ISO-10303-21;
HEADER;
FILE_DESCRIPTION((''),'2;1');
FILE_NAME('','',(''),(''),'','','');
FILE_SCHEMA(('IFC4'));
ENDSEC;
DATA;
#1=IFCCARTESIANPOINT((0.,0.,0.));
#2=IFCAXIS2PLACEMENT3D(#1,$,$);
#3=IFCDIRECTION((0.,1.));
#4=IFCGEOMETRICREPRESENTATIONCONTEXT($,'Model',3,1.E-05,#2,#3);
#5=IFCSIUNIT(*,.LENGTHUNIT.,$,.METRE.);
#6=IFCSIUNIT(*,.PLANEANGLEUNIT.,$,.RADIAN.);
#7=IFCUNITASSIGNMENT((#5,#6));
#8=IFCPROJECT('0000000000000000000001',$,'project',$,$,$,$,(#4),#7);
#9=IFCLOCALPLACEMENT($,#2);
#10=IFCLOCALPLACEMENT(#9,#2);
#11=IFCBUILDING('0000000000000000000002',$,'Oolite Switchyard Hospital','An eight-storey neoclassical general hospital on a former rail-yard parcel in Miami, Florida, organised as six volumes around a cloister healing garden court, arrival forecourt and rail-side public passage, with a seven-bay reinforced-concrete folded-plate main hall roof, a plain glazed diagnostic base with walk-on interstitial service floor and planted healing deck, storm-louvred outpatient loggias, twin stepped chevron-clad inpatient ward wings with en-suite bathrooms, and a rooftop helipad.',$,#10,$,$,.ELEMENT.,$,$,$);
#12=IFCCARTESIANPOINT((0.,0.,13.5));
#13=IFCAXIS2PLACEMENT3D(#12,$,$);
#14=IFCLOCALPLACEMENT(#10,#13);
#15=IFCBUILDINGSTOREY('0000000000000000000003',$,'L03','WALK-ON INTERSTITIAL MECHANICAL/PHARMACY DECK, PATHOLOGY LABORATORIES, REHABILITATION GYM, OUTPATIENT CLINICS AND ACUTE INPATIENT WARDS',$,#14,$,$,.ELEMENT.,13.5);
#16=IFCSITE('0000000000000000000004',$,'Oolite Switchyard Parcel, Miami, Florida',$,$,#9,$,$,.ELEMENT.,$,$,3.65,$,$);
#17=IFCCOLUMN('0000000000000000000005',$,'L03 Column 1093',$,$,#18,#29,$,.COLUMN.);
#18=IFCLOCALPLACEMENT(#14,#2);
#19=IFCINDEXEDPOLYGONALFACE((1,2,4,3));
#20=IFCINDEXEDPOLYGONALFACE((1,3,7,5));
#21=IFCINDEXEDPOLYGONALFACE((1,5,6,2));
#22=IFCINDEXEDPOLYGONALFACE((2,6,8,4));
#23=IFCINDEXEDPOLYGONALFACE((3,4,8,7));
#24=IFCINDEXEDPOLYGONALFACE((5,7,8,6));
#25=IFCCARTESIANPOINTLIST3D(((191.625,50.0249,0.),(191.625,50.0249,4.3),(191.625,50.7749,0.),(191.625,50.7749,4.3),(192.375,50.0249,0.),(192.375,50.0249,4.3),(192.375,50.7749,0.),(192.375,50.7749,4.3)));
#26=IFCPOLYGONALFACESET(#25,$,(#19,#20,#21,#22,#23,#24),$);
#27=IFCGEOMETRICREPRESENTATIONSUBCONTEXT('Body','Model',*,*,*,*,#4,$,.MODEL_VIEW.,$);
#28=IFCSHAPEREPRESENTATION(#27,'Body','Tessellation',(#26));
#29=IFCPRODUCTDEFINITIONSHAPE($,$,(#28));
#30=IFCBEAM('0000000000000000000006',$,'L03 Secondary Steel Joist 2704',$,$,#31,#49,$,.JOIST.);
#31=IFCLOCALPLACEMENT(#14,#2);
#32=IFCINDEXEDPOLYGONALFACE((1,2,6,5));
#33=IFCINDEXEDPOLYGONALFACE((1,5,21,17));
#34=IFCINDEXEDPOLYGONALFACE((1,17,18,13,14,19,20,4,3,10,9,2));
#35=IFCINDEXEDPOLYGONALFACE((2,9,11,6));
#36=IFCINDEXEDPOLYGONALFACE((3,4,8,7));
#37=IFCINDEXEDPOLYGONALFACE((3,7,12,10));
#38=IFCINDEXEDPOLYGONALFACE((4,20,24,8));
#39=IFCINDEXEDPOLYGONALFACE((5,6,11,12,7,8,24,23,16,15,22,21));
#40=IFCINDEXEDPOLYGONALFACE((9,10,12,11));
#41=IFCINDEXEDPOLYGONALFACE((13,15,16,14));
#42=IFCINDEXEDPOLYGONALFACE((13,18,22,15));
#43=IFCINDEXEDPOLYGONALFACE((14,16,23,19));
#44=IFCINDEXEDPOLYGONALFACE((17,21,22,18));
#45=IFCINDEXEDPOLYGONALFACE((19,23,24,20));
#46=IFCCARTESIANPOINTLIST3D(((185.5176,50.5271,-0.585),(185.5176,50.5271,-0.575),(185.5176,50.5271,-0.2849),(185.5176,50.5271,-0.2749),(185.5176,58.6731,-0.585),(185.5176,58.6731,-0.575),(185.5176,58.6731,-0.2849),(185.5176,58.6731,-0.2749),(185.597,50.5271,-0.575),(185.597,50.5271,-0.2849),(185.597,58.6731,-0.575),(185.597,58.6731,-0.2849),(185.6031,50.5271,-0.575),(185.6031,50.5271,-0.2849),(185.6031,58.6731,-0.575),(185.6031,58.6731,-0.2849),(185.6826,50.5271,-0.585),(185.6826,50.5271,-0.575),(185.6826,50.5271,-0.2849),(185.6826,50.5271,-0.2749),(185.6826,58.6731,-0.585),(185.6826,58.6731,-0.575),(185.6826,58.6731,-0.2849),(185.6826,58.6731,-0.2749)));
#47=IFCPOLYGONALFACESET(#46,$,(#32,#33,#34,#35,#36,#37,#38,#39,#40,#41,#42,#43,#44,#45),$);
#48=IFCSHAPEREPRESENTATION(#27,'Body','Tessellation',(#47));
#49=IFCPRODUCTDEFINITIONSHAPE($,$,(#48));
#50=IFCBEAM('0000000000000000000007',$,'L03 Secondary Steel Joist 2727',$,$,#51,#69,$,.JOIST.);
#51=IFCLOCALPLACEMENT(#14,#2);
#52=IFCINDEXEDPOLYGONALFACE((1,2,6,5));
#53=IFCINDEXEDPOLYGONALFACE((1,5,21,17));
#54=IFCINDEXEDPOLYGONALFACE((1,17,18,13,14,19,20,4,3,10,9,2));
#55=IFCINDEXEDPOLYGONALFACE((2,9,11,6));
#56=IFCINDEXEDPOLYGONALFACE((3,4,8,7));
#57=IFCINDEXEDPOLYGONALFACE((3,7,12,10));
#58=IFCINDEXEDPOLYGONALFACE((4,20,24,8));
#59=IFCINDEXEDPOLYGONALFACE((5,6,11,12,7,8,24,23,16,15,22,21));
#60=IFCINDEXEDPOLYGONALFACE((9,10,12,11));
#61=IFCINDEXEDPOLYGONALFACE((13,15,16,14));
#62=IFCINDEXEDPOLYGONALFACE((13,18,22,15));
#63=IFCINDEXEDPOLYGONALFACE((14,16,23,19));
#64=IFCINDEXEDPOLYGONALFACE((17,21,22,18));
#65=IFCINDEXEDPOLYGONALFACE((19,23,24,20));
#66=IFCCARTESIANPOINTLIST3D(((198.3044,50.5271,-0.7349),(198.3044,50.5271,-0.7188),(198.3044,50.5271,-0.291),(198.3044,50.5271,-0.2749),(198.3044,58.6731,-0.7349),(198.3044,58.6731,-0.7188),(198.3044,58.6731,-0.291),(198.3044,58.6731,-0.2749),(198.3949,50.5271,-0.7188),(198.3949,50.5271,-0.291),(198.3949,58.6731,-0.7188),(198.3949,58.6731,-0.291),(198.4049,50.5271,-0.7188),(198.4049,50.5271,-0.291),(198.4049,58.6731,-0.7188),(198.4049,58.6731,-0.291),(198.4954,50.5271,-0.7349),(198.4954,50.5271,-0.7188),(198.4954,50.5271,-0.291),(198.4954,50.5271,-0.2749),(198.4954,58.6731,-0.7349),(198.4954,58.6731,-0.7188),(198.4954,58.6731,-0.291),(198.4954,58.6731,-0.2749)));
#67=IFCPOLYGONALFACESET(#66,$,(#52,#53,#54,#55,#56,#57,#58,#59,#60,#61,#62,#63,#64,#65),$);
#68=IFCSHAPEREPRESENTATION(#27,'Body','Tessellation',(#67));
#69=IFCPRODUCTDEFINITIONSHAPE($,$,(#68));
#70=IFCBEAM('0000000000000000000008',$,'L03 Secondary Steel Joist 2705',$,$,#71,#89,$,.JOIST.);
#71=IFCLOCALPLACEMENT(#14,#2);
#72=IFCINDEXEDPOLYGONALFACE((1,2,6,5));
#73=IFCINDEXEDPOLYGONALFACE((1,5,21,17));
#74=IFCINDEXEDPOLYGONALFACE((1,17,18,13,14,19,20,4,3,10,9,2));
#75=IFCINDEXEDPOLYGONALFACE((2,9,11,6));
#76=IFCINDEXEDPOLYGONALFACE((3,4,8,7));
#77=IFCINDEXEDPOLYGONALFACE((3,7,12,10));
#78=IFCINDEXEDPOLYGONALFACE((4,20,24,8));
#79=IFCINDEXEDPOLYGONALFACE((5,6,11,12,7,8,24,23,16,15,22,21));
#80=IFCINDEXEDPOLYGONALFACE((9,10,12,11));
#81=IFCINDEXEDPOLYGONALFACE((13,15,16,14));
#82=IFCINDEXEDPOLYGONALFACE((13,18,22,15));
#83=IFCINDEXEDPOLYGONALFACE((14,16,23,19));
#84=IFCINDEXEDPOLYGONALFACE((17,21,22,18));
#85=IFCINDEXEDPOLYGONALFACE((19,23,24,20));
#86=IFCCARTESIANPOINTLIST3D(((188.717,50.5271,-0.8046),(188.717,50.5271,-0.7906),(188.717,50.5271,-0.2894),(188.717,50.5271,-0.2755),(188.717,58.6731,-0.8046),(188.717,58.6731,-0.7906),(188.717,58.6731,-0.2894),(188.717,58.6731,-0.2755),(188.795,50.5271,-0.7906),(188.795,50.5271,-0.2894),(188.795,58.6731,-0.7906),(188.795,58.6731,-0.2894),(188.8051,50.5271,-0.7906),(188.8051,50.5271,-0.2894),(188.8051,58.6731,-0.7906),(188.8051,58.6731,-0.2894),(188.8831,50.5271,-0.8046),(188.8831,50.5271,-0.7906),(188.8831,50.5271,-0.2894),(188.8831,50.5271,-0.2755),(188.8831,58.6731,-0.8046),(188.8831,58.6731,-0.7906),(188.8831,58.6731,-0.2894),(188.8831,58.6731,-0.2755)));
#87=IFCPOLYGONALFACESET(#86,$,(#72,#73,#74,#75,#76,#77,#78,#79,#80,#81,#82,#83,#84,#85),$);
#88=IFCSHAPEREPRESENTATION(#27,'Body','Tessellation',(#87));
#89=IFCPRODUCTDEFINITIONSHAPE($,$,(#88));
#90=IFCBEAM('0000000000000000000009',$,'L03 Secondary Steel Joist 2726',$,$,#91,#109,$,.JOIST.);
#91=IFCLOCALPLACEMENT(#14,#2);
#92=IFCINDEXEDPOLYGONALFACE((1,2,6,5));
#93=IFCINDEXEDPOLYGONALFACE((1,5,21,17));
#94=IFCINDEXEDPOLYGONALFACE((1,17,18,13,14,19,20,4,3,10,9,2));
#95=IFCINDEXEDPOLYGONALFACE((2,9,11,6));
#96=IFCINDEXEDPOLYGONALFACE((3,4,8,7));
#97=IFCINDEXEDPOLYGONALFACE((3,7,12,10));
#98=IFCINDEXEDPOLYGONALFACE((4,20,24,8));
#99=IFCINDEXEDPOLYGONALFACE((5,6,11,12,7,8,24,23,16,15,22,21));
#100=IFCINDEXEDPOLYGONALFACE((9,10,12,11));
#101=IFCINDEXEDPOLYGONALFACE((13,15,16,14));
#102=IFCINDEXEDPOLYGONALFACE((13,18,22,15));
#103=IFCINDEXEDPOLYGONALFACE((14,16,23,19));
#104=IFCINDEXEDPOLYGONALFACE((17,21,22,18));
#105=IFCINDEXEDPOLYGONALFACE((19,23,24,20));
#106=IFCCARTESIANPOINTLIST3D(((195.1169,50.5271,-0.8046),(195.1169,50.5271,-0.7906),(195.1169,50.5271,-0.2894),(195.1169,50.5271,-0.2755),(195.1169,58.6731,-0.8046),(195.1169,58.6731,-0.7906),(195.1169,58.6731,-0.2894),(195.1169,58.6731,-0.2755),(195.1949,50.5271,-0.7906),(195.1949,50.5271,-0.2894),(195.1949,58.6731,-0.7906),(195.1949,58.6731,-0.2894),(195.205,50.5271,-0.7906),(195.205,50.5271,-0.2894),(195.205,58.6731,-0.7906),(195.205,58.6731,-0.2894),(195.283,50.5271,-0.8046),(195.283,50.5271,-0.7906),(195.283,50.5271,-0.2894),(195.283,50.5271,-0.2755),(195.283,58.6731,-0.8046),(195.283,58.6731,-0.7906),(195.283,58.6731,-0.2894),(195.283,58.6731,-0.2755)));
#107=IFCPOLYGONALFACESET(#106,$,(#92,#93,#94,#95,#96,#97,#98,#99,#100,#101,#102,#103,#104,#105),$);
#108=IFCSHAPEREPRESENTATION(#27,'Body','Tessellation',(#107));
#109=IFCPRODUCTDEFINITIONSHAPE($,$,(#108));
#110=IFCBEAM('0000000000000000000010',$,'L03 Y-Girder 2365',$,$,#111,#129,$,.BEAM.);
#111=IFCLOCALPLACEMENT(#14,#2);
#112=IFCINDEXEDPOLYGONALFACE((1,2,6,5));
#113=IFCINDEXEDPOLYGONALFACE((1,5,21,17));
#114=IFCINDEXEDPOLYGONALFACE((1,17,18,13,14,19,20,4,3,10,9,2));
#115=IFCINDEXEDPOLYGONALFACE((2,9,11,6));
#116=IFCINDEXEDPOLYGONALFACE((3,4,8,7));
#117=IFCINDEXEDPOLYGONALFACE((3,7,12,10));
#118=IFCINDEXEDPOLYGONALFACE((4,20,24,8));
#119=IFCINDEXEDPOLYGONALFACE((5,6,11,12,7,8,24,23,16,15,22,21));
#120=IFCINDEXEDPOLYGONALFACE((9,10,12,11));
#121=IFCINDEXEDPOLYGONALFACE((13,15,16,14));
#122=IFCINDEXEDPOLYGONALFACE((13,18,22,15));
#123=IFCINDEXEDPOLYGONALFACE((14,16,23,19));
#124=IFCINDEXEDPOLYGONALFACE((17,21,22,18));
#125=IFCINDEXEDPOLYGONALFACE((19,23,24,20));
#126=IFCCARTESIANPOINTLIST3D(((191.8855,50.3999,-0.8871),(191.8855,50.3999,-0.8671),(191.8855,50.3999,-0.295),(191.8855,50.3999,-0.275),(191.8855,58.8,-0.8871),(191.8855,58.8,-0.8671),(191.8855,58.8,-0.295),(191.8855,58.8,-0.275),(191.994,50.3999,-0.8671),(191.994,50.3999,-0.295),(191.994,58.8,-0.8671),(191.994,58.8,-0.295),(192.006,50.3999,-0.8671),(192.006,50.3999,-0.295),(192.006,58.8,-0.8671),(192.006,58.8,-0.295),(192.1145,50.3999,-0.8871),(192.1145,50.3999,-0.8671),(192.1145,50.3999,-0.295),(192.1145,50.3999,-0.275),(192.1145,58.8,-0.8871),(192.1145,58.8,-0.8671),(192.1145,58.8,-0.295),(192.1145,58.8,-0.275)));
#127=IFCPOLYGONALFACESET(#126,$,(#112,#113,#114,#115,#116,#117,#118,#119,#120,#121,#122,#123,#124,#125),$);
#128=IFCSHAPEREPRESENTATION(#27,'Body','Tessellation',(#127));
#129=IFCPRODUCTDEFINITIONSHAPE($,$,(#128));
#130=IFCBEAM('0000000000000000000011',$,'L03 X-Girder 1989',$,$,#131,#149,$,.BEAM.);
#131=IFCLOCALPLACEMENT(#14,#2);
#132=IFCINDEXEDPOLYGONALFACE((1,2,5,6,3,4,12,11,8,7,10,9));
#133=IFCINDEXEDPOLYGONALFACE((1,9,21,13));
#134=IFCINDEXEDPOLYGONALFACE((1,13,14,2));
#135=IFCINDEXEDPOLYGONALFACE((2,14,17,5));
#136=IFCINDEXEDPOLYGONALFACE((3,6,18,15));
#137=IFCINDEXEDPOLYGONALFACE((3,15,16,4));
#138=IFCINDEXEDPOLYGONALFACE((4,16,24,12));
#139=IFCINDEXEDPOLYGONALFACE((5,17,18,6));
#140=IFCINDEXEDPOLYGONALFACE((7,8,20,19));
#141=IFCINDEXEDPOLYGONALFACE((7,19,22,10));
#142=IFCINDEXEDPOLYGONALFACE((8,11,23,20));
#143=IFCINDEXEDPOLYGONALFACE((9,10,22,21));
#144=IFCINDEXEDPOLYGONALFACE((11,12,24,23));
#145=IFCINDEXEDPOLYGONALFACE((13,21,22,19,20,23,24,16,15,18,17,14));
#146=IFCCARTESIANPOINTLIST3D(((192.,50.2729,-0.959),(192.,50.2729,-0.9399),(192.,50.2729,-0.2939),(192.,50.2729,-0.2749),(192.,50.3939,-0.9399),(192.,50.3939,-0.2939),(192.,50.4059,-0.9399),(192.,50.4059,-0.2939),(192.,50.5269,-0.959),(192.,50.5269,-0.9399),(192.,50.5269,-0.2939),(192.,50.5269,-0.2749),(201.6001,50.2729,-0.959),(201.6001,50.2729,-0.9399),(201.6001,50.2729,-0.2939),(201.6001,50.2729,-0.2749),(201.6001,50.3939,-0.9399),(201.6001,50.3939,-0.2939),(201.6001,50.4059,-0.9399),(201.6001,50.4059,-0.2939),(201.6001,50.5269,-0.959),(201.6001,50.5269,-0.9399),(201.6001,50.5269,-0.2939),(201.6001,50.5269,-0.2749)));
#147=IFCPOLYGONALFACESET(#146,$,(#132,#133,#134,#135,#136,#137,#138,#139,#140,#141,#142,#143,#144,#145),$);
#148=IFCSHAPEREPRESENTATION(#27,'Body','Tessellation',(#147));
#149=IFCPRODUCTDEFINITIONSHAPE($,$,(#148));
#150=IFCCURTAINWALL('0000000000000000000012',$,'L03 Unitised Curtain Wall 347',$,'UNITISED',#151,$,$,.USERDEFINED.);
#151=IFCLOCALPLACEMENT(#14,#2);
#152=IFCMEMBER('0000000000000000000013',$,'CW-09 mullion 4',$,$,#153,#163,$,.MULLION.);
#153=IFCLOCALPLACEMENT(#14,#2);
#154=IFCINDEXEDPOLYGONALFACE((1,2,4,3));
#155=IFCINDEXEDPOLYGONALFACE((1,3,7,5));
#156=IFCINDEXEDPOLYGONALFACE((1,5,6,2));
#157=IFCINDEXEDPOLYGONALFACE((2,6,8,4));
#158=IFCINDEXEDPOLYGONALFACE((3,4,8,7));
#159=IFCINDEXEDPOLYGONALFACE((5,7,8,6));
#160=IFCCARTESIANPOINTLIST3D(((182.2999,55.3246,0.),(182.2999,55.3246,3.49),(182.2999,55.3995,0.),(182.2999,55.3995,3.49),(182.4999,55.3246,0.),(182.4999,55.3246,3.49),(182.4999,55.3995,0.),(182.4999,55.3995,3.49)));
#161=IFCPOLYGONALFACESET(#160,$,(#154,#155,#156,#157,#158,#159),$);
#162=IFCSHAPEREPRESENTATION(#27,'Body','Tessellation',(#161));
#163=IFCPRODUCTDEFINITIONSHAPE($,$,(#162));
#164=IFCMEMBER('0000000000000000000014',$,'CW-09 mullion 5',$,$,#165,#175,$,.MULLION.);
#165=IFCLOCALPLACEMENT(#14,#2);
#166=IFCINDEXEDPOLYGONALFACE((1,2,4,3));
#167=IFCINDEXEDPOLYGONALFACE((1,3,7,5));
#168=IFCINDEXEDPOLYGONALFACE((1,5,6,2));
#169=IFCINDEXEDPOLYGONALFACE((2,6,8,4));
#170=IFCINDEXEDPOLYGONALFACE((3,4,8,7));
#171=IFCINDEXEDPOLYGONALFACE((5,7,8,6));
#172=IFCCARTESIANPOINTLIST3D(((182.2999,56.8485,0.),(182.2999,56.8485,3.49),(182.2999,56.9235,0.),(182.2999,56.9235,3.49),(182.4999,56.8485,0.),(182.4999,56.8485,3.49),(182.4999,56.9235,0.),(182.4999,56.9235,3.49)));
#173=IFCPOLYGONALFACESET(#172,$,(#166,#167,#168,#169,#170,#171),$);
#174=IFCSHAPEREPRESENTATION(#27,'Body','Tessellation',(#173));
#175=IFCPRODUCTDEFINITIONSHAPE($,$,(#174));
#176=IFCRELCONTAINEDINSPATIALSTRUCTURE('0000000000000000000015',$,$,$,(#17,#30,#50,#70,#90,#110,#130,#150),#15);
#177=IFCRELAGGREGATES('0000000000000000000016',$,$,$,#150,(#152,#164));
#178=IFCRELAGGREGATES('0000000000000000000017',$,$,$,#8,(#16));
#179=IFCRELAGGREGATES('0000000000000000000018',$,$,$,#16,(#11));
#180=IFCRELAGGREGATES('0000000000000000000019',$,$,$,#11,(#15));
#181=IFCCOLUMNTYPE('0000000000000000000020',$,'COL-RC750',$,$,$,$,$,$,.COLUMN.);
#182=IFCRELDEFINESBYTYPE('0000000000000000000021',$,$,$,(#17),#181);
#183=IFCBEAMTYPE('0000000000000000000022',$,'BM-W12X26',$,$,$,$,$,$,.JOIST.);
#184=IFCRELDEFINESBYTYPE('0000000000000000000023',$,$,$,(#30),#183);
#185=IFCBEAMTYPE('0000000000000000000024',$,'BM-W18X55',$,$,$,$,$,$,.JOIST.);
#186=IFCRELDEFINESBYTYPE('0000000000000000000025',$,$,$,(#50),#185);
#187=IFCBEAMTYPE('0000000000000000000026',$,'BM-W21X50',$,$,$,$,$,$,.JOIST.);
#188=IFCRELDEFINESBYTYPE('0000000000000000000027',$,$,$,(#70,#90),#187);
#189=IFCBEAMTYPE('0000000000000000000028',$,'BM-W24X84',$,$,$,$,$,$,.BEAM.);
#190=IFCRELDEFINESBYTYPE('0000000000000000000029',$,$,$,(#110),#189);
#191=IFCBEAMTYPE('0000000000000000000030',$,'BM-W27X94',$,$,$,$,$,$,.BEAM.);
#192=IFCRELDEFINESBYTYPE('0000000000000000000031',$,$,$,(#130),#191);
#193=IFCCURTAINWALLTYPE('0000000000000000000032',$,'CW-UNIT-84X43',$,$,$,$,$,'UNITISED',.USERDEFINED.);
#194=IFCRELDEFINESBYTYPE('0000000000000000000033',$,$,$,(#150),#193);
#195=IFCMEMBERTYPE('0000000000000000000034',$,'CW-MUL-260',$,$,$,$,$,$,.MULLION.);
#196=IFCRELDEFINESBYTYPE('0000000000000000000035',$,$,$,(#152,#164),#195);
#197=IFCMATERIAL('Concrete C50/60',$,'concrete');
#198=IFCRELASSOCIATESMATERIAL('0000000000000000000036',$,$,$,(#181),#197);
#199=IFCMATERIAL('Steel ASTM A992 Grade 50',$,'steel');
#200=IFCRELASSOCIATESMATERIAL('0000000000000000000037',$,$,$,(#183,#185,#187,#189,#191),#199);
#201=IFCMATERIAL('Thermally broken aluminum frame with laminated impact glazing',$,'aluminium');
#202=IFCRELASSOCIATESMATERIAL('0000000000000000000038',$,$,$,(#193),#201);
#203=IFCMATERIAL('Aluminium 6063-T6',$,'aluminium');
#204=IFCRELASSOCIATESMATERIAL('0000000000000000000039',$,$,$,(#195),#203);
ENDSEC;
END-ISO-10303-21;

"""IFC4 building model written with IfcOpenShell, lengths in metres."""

from ifc_helpers import new_model, si_unit, direction, frame, origin, origin_2d, place, context, subcontext, project, spatial, rectangle, i_section, extrude, material, material_profile, profile_set, type_object, element, aggregate, save


model = new_model("IFC4")

# Units and contexts
model_context = context("Model", 3, precision=1e-05, world=origin(), true_north=direction((0.0, 1.0)))
body_context = subcontext(model_context, "Body", "Model", "MODEL_VIEW")
ifc_project = project(units=[si_unit("LENGTHUNIT", "METRE"), si_unit("PLANEANGLEUNIT", "RADIAN")], contexts=[model_context])

# Site, building, storey
site_placement = place(None, origin())
site = spatial("IfcSite", under=ifc_project, at=site_placement, Name="Oolite Switchyard Parcel, Miami, Florida", CompositionType="ELEMENT", RefElevation=3.65)
building_placement = place(site_placement, origin())
building = spatial("IfcBuilding", under=site, at=building_placement, Name="Oolite Switchyard Hospital", Description="An eight-storey neoclassical general hospital on a former rail-yard parcel in Miami, Florida, organised as six volumes around a cloister healing garden court, arrival forecourt and rail-side public passage, with a seven-bay reinforced-concrete folded-plate main hall roof, a plain glazed diagnostic base with walk-on interstitial service floor and planted healing deck, storm-louvred outpatient loggias, twin stepped chevron-clad inpatient ward wings with en-suite bathrooms, and a rooftop helipad.", CompositionType="ELEMENT")
storey_placement = place(building_placement, frame((0.0, 0.0, 13.5)))
storey = spatial("IfcBuildingStorey", under=building, at=storey_placement, Name="L03", Description="WALK-ON INTERSTITIAL MECHANICAL/PHARMACY DECK, PATHOLOGY LABORATORIES, REHABILITATION GYM, OUTPATIENT CLINICS AND ACUTE INPATIENT WARDS", CompositionType="ELEMENT", Elevation=13.5)

# Column
ifc_material_1 = material(Name="Concrete C50/60", Category="concrete")
ifc_material_profile_1 = material_profile(ifc_material_1, rectangle(XDim=0.75, YDim=0.75, at=origin_2d()), Name="RC750X750")
ifc_profile_set_1 = profile_set([ifc_material_profile_1], Name="Concrete C50/60")
column_type = type_object("IfcColumnType", Name="COL-RC750", PredefinedType="COLUMN", material=ifc_profile_set_1)
column_placement = place(storey_placement, frame((192.0, 50.3999, 0.0), z_axis=(0.0, 0.0, 1.0), x_axis=(1.0, 0.0, 0.0)))
element("IfcColumn", 1, at=column_placement, inside=storey, type_object=column_type, Name="L03 Column 1093", PredefinedType="COLUMN", context=body_context, shape_type="SweptSolid", body=[
    extrude(rectangle(XDim=0.75, YDim=0.75, at=origin_2d()), origin(), (0.0, 0.0, 1.0), 4.3),
])

# Beams
ifc_material_2 = material(Name="Steel ASTM A992 Grade 50", Category="steel")
ifc_material_profile_2 = material_profile(ifc_material_2, i_section(OverallWidth=0.165, OverallDepth=0.3101, WebThickness=0.0061, FlangeThickness=0.01, at=origin_2d()), Name="W12X26")
ifc_profile_set_2 = profile_set([ifc_material_profile_2], Name="Steel ASTM A992 Grade 50")
beam_type_1 = type_object("IfcBeamType", Name="BM-W12X26", PredefinedType="JOIST", material=ifc_profile_set_2)
beam_1_placement = place(storey_placement, frame((185.6001, 50.5271, -0.4299), z_axis=(0.0, 1.0, 0.0), x_axis=(-1.0, 0.0, 0.0)))
element("IfcBeam", 2, at=beam_1_placement, inside=storey, type_object=beam_type_1, Name="L03 Secondary Steel Joist 2704", PredefinedType="JOIST", context=body_context, shape_type="SweptSolid", body=[
    extrude(i_section(OverallWidth=0.165, OverallDepth=0.3101, WebThickness=0.0061, FlangeThickness=0.01, at=origin_2d()), origin(), (0.0, 0.0, 1.0), 8.146),
])
ifc_material_profile_3 = material_profile(ifc_material_2, i_section(OverallWidth=0.1909, OverallDepth=0.46, WebThickness=0.01, FlangeThickness=0.0161, at=origin_2d()), Name="W18X55")
ifc_profile_set_3 = profile_set([ifc_material_profile_3], Name="Steel ASTM A992 Grade 50")
beam_type_2 = type_object("IfcBeamType", Name="BM-W18X55", PredefinedType="JOIST", material=ifc_profile_set_3)
beam_2_placement = place(storey_placement, frame((198.3999, 50.5271, -0.5049), z_axis=(0.0, 1.0, 0.0), x_axis=(-1.0, 0.0, 0.0)))
element("IfcBeam", 3, at=beam_2_placement, inside=storey, type_object=beam_type_2, Name="L03 Secondary Steel Joist 2727", PredefinedType="JOIST", context=body_context, shape_type="SweptSolid", body=[
    extrude(i_section(OverallWidth=0.1909, OverallDepth=0.46, WebThickness=0.01, FlangeThickness=0.0161, at=origin_2d()), origin(), (0.0, 0.0, 1.0), 8.146),
])
ifc_material_profile_4 = material_profile(ifc_material_2, i_section(OverallWidth=0.166, OverallDepth=0.5291, WebThickness=0.01, FlangeThickness=0.0139, at=origin_2d()), Name="W21X50")
ifc_profile_set_4 = profile_set([ifc_material_profile_4], Name="Steel ASTM A992 Grade 50")
beam_type_3 = type_object("IfcBeamType", Name="BM-W21X50", PredefinedType="JOIST", material=ifc_profile_set_4)
for number, where, z_axis, x_axis, name in (
    (4, (188.8, 50.5271, -0.54), (0.0, 1.0, 0.0), (-1.0, 0.0, 0.0), "L03 Secondary Steel Joist 2705"),
    (5, (195.2, 50.5271, -0.54), (0.0, 1.0, 0.0), (-1.0, 0.0, 0.0), "L03 Secondary Steel Joist 2726"),
):
    element("IfcBeam", number, at=place(storey_placement, frame(where, z_axis=z_axis, x_axis=x_axis)), inside=storey, type_object=beam_type_3, Name=name, PredefinedType="JOIST", context=body_context, shape_type="SweptSolid", body=[
        extrude(i_section(OverallWidth=0.166, OverallDepth=0.5291, WebThickness=0.01, FlangeThickness=0.0139, at=origin_2d()), origin(), (0.0, 0.0, 1.0), 8.146),
    ])
ifc_material_profile_5 = material_profile(ifc_material_2, i_section(OverallWidth=0.229, OverallDepth=0.6121, WebThickness=0.012, FlangeThickness=0.02, at=origin_2d()), Name="W24X84")
ifc_profile_set_5 = profile_set([ifc_material_profile_5], Name="Steel ASTM A992 Grade 50")
beam_type_4 = type_object("IfcBeamType", Name="BM-W24X84", PredefinedType="BEAM", material=ifc_profile_set_5)
beam_3_placement = place(storey_placement, frame((192.0, 50.3999, -0.5811), z_axis=(0.0, 1.0, 0.0), x_axis=(-1.0, 0.0, 0.0)))
element("IfcBeam", 6, at=beam_3_placement, inside=storey, type_object=beam_type_4, Name="L03 Y-Girder 2365", PredefinedType="BEAM", context=body_context, shape_type="SweptSolid", body=[
    extrude(i_section(OverallWidth=0.229, OverallDepth=0.6121, WebThickness=0.012, FlangeThickness=0.02, at=origin_2d()), origin(), (0.0, 0.0, 1.0), 8.4001),
])
ifc_material_profile_6 = material_profile(ifc_material_2, i_section(OverallWidth=0.2539, OverallDepth=0.6841, WebThickness=0.012, FlangeThickness=0.019, at=origin_2d()), Name="W27X94")
ifc_profile_set_6 = profile_set([ifc_material_profile_6], Name="Steel ASTM A992 Grade 50")
beam_type_5 = type_object("IfcBeamType", Name="BM-W27X94", PredefinedType="BEAM", material=ifc_profile_set_6)
beam_4_placement = place(storey_placement, frame((192.0, 50.3999, -0.6169), z_axis=(1.0, 0.0, 0.0), x_axis=(0.0, 1.0, 0.0)))
element("IfcBeam", 7, at=beam_4_placement, inside=storey, type_object=beam_type_5, Name="L03 X-Girder 1989", PredefinedType="BEAM", context=body_context, shape_type="SweptSolid", body=[
    extrude(i_section(OverallWidth=0.2539, OverallDepth=0.6841, WebThickness=0.012, FlangeThickness=0.019, at=origin_2d()), origin(), (0.0, 0.0, 1.0), 9.6001),
])

# Curtain wall, members
ifc_material_3 = material(Name="Thermally broken aluminum frame with laminated impact glazing", Category="aluminium")
curtain_wall_type = type_object("IfcCurtainWallType", Name="CW-UNIT-84X43", ElementType="UNITISED", PredefinedType="USERDEFINED", material=ifc_material_3)
curtain_wall_placement = place(storey_placement, origin())
curtain_wall = element("IfcCurtainWall", 8, at=curtain_wall_placement, inside=storey, type_object=curtain_wall_type, Name="L03 Unitised Curtain Wall 347", ObjectType="UNITISED", PredefinedType="USERDEFINED")
ifc_material_4 = material(Name="Aluminium 6063-T6", Category="aluminium")
ifc_material_profile_7 = material_profile(ifc_material_4, rectangle(XDim=0.2, YDim=0.075, at=origin_2d()), Name="CWM75X200")
ifc_profile_set_7 = profile_set([ifc_material_profile_7], Name="Aluminium 6063-T6")
member_type_1 = type_object("IfcMemberType", Name="CW-MUL-260", PredefinedType="MULLION", material=ifc_profile_set_7)
member_1_placement = place(storey_placement, frame((182.3999, 55.3621, 0.0), z_axis=(0.0, 0.0, 1.0), x_axis=(-1.0, 0.0, 0.0)))
member_1 = element("IfcMember", 9, at=member_1_placement, type_object=member_type_1, Name="CW-09 mullion 4", PredefinedType="MULLION", context=body_context, shape_type="SweptSolid", body=[
    extrude(rectangle(XDim=0.2, YDim=0.075, at=origin_2d()), origin(), (0.0, 0.0, 1.0), 3.49),
])
member_2_placement = place(storey_placement, frame((182.3999, 56.886, 0.0), z_axis=(0.0, 0.0, 1.0), x_axis=(-1.0, 0.0, 0.0)))
member_2 = element("IfcMember", 10, at=member_2_placement, type_object=member_type_1, Name="CW-09 mullion 5", PredefinedType="MULLION", context=body_context, shape_type="SweptSolid", body=[
    extrude(rectangle(XDim=0.2, YDim=0.075, at=origin_2d()), origin(), (0.0, 0.0, 1.0), 3.49),
])
aggregate(curtain_wall, [member_1, member_2])

save(model, "model.ifc")
